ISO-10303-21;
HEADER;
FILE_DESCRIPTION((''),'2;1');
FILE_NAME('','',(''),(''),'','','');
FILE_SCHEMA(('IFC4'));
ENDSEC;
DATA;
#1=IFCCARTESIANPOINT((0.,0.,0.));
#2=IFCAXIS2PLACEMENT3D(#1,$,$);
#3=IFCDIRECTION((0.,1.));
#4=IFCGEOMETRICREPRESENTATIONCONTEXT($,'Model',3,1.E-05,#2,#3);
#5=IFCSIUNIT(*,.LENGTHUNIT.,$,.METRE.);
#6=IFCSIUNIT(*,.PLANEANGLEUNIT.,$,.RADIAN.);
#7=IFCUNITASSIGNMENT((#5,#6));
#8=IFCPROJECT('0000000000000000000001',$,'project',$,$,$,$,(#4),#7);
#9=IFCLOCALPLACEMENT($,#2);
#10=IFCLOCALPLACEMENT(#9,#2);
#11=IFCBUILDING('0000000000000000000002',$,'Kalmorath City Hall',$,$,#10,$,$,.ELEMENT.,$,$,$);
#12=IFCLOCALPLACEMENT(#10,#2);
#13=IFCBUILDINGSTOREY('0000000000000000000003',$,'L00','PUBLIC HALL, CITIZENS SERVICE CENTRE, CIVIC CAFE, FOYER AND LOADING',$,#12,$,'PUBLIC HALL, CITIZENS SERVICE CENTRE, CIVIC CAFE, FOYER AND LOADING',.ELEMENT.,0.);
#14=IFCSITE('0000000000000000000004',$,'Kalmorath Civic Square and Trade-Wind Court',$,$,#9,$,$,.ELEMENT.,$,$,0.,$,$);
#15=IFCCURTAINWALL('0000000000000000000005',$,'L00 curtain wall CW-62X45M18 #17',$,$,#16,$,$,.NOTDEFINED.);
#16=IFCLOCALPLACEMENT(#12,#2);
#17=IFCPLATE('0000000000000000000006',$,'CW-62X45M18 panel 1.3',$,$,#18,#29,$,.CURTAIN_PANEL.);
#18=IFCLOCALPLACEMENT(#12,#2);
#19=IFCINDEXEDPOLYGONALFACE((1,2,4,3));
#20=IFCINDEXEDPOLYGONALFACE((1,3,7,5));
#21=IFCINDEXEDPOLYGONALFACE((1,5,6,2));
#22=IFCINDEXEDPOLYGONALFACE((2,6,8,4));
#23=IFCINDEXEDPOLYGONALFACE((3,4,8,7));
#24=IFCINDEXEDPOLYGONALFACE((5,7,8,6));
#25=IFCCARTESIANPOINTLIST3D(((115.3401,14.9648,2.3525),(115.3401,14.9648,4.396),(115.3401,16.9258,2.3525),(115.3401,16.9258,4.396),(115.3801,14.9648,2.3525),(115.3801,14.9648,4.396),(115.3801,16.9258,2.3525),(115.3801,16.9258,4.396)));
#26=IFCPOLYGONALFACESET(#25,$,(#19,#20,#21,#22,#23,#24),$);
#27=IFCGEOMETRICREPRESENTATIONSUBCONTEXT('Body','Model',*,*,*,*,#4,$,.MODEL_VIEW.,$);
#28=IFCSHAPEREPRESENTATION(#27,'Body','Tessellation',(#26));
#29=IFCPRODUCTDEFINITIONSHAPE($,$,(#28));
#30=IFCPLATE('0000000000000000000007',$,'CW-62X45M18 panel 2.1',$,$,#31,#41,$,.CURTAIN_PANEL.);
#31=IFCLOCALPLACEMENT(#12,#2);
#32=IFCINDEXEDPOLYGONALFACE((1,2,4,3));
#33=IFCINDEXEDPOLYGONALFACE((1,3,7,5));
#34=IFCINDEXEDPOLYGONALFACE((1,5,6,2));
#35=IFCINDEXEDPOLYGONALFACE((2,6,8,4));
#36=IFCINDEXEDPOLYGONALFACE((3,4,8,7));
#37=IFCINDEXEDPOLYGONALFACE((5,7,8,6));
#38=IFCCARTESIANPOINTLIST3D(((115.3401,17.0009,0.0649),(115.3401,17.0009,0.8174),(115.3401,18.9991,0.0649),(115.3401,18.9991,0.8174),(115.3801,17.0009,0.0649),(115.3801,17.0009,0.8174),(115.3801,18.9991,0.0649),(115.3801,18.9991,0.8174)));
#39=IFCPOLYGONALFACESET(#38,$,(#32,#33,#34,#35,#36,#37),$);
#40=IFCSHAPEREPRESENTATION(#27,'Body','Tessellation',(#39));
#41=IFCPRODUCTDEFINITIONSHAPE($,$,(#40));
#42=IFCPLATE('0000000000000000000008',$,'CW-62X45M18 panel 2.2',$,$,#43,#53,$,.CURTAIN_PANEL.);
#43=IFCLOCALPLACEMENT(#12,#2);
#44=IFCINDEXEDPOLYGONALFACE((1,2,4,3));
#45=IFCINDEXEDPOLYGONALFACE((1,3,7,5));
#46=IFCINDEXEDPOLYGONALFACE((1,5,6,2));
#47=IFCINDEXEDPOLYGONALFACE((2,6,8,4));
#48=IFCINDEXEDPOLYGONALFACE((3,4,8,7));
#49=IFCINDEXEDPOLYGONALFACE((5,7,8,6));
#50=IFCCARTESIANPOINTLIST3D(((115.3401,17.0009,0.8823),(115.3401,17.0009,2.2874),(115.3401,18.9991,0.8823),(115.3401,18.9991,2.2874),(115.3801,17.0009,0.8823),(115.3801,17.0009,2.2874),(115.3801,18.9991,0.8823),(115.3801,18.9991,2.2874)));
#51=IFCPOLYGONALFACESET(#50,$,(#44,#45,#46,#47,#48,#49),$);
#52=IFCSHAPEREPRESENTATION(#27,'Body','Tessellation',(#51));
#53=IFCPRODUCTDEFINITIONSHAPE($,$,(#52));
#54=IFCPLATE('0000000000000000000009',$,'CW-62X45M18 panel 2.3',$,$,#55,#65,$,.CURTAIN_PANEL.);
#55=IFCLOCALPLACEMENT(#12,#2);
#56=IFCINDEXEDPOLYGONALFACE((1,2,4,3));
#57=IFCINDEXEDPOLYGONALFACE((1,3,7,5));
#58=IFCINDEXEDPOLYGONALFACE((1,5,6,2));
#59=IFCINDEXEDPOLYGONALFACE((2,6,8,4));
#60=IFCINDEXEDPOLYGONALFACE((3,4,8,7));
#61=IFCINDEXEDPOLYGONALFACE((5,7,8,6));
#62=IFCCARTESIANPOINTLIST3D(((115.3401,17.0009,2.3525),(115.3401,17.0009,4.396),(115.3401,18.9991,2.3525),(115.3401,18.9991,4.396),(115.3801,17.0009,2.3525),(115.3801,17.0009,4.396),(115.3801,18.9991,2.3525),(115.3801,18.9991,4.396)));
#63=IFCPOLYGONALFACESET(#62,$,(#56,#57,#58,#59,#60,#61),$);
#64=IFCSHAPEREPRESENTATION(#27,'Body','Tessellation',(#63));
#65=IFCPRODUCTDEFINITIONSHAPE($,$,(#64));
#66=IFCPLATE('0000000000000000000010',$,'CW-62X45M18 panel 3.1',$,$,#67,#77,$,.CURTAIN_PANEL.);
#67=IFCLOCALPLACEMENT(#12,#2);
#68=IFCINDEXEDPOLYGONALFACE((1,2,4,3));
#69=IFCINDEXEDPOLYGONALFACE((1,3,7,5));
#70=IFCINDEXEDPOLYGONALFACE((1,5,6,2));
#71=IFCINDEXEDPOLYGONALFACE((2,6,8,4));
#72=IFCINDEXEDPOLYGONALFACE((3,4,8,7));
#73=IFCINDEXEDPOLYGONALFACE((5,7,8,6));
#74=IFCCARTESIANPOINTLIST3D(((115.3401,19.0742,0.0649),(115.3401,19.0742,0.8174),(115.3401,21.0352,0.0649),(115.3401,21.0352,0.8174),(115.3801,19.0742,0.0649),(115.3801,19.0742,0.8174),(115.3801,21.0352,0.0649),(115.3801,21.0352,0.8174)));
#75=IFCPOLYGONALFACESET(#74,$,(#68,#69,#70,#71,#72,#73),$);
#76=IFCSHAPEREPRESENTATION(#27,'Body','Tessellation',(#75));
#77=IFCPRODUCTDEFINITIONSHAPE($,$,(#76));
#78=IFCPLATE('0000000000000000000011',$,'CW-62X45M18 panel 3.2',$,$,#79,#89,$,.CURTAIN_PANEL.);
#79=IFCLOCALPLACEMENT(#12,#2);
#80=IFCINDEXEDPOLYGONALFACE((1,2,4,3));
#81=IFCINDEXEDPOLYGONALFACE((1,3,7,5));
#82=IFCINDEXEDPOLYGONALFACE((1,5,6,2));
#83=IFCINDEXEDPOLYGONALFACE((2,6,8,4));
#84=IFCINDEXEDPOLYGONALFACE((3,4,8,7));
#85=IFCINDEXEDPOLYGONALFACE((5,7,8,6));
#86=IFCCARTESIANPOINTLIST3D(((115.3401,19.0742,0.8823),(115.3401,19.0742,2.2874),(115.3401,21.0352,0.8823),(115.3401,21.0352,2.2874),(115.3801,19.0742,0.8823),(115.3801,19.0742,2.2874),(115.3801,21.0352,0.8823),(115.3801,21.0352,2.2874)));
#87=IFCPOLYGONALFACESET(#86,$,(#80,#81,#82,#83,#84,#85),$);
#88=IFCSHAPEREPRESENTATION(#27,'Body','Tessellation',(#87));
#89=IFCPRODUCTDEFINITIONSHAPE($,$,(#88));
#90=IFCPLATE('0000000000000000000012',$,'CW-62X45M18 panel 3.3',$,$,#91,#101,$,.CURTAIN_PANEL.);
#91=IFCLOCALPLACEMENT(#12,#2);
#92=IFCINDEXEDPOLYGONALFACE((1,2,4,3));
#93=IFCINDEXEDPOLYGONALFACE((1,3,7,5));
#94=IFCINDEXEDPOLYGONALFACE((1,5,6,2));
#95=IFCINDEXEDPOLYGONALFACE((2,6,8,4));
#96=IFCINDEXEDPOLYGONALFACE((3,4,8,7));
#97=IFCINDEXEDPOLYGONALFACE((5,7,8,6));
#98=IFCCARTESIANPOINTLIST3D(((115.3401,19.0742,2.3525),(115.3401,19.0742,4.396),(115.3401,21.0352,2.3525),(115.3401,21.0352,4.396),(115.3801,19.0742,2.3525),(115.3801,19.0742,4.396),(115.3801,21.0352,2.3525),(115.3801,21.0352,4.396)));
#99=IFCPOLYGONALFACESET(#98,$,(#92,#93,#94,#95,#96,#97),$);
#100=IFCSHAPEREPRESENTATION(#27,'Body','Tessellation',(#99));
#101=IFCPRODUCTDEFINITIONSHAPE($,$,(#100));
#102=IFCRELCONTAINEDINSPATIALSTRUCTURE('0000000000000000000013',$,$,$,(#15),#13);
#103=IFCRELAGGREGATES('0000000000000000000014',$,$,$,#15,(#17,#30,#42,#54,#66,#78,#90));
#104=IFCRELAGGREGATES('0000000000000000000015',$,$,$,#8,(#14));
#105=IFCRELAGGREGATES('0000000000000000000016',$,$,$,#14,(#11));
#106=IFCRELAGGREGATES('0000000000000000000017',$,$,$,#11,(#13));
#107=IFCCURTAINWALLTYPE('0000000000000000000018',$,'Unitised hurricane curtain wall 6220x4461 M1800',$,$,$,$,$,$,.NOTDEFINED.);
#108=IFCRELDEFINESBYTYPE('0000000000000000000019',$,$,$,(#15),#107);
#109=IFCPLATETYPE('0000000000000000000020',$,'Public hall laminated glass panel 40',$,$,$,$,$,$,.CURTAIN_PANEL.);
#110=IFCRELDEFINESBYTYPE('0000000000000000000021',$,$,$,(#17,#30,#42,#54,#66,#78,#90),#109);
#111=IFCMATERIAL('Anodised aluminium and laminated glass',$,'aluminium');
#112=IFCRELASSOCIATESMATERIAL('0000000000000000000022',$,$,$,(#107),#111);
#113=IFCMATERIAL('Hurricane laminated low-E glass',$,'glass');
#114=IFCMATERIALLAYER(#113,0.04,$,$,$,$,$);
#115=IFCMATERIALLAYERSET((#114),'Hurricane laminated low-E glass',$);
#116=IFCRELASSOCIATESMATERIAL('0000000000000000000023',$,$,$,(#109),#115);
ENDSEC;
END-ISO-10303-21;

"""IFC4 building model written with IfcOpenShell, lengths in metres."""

from ifc_helpers import new_model, si_unit, direction, frame, origin, origin_2d, place, context, subcontext, project, spatial, rectangle, extrude, material, layer, layer_set, type_object, element, aggregate, save


model = new_model("IFC4")

# Units and contexts
model_context = context("Model", 3, precision=1e-05, world=origin(), true_north=direction((0.0, 1.0)))
body_context = subcontext(model_context, "Body", "Model", "MODEL_VIEW")
ifc_project = project(units=[si_unit("LENGTHUNIT", "METRE"), si_unit("PLANEANGLEUNIT", "RADIAN")], contexts=[model_context])

# Site, building, storey
site_placement = place(None, origin())
site = spatial("IfcSite", under=ifc_project, at=site_placement, Name="Kalmorath Civic Square and Trade-Wind Court", CompositionType="ELEMENT", RefElevation=0.0)
building_placement = place(site_placement, origin())
building = spatial("IfcBuilding", under=site, at=building_placement, Name="Kalmorath City Hall", CompositionType="ELEMENT")
storey_placement = place(building_placement, origin())
storey = spatial("IfcBuildingStorey", under=building, at=storey_placement, Name="L00", Description="PUBLIC HALL, CITIZENS SERVICE CENTRE, CIVIC CAFE, FOYER AND LOADING", LongName="PUBLIC HALL, CITIZENS SERVICE CENTRE, CIVIC CAFE, FOYER AND LOADING", CompositionType="ELEMENT", Elevation=0.0)

# Curtain wall
ifc_material_1 = material(Name="Anodised aluminium and laminated glass", Category="aluminium")
curtain_wall_type = type_object("IfcCurtainWallType", Name="Unitised hurricane curtain wall 6220x4461 M1800", PredefinedType="NOTDEFINED", material=ifc_material_1)
curtain_wall_placement = place(storey_placement, origin())
curtain_wall = element("IfcCurtainWall", 1, at=curtain_wall_placement, inside=storey, type_object=curtain_wall_type, Name="L00 curtain wall CW-62X45M18 #17", PredefinedType="NOTDEFINED")

# Plates
ifc_material_2 = material(Name="Hurricane laminated low-E glass", Category="glass")
ifc_layer = layer(ifc_material_2, 0.04)
ifc_layer_set = layer_set([ifc_layer], Name="Hurricane laminated low-E glass")
plate_type = type_object("IfcPlateType", Name="Public hall laminated glass panel 40", PredefinedType="CURTAIN_PANEL", material=ifc_layer_set)
plate_1_placement = place(storey_placement, frame((115.3601, 15.9453, 2.3525), z_axis=(0.0, 0.0, 1.0), x_axis=(0.0, 1.0, 0.0)))
plate_1 = element("IfcPlate", 2, at=plate_1_placement, type_object=plate_type, Name="CW-62X45M18 panel 1.3", PredefinedType="CURTAIN_PANEL", context=body_context, shape_type="SweptSolid", body=[
    extrude(rectangle(XDim=1.9609, YDim=0.04, at=origin_2d()), origin(), (0.0, 0.0, 1.0), 2.0435),
])
plate_2_placement = place(storey_placement, frame((115.3601, 18.0, 0.0649), z_axis=(0.0, 0.0, 1.0), x_axis=(0.0, 1.0, 0.0)))
plate_2 = element("IfcPlate", 3, at=plate_2_placement, type_object=plate_type, Name="CW-62X45M18 panel 2.1", PredefinedType="CURTAIN_PANEL", context=body_context, shape_type="SweptSolid", body=[
    extrude(rectangle(XDim=1.9983, YDim=0.04, at=origin_2d()), origin(), (0.0, 0.0, 1.0), 0.7524),
])
plate_3_placement = place(storey_placement, frame((115.3601, 18.0, 0.8823), z_axis=(0.0, 0.0, 1.0), x_axis=(0.0, 1.0, 0.0)))
plate_3 = element("IfcPlate", 4, at=plate_3_placement, type_object=plate_type, Name="CW-62X45M18 panel 2.2", PredefinedType="CURTAIN_PANEL", context=body_context, shape_type="SweptSolid", body=[
    extrude(rectangle(XDim=1.9983, YDim=0.04, at=origin_2d()), origin(), (0.0, 0.0, 1.0), 1.405),
])
plate_4_placement = place(storey_placement, frame((115.3601, 18.0, 2.3525), z_axis=(0.0, 0.0, 1.0), x_axis=(0.0, 1.0, 0.0)))
plate_4 = element("IfcPlate", 5, at=plate_4_placement, type_object=plate_type, Name="CW-62X45M18 panel 2.3", PredefinedType="CURTAIN_PANEL", context=body_context, shape_type="SweptSolid", body=[
    extrude(rectangle(XDim=1.9983, YDim=0.04, at=origin_2d()), origin(), (0.0, 0.0, 1.0), 2.0435),
])
plate_5_placement = place(storey_placement, frame((115.3601, 20.0547, 0.0649), z_axis=(0.0, 0.0, 1.0), x_axis=(0.0, 1.0, 0.0)))
plate_5 = element("IfcPlate", 6, at=plate_5_placement, type_object=plate_type, Name="CW-62X45M18 panel 3.1", PredefinedType="CURTAIN_PANEL", context=body_context, shape_type="SweptSolid", body=[
    extrude(rectangle(XDim=1.9609, YDim=0.04, at=origin_2d()), origin(), (0.0, 0.0, 1.0), 0.7524),
])
plate_6_placement = place(storey_placement, frame((115.3601, 20.0547, 0.8823), z_axis=(0.0, 0.0, 1.0), x_axis=(0.0, 1.0, 0.0)))
plate_6 = element("IfcPlate", 7, at=plate_6_placement, type_object=plate_type, Name="CW-62X45M18 panel 3.2", PredefinedType="CURTAIN_PANEL", context=body_context, shape_type="SweptSolid", body=[
    extrude(rectangle(XDim=1.9609, YDim=0.04, at=origin_2d()), origin(), (0.0, 0.0, 1.0), 1.405),
])
plate_7_placement = place(storey_placement, frame((115.3601, 20.0547, 2.3525), z_axis=(0.0, 0.0, 1.0), x_axis=(0.0, 1.0, 0.0)))
plate_7 = element("IfcPlate", 8, at=plate_7_placement, type_object=plate_type, Name="CW-62X45M18 panel 3.3", PredefinedType="CURTAIN_PANEL", context=body_context, shape_type="SweptSolid", body=[
    extrude(rectangle(XDim=1.9609, YDim=0.04, at=origin_2d()), origin(), (0.0, 0.0, 1.0), 2.0435),
])
aggregate(curtain_wall, [plate_1, plate_2, plate_3, plate_4, plate_5, plate_6, plate_7])

save(model, "model.ifc")
